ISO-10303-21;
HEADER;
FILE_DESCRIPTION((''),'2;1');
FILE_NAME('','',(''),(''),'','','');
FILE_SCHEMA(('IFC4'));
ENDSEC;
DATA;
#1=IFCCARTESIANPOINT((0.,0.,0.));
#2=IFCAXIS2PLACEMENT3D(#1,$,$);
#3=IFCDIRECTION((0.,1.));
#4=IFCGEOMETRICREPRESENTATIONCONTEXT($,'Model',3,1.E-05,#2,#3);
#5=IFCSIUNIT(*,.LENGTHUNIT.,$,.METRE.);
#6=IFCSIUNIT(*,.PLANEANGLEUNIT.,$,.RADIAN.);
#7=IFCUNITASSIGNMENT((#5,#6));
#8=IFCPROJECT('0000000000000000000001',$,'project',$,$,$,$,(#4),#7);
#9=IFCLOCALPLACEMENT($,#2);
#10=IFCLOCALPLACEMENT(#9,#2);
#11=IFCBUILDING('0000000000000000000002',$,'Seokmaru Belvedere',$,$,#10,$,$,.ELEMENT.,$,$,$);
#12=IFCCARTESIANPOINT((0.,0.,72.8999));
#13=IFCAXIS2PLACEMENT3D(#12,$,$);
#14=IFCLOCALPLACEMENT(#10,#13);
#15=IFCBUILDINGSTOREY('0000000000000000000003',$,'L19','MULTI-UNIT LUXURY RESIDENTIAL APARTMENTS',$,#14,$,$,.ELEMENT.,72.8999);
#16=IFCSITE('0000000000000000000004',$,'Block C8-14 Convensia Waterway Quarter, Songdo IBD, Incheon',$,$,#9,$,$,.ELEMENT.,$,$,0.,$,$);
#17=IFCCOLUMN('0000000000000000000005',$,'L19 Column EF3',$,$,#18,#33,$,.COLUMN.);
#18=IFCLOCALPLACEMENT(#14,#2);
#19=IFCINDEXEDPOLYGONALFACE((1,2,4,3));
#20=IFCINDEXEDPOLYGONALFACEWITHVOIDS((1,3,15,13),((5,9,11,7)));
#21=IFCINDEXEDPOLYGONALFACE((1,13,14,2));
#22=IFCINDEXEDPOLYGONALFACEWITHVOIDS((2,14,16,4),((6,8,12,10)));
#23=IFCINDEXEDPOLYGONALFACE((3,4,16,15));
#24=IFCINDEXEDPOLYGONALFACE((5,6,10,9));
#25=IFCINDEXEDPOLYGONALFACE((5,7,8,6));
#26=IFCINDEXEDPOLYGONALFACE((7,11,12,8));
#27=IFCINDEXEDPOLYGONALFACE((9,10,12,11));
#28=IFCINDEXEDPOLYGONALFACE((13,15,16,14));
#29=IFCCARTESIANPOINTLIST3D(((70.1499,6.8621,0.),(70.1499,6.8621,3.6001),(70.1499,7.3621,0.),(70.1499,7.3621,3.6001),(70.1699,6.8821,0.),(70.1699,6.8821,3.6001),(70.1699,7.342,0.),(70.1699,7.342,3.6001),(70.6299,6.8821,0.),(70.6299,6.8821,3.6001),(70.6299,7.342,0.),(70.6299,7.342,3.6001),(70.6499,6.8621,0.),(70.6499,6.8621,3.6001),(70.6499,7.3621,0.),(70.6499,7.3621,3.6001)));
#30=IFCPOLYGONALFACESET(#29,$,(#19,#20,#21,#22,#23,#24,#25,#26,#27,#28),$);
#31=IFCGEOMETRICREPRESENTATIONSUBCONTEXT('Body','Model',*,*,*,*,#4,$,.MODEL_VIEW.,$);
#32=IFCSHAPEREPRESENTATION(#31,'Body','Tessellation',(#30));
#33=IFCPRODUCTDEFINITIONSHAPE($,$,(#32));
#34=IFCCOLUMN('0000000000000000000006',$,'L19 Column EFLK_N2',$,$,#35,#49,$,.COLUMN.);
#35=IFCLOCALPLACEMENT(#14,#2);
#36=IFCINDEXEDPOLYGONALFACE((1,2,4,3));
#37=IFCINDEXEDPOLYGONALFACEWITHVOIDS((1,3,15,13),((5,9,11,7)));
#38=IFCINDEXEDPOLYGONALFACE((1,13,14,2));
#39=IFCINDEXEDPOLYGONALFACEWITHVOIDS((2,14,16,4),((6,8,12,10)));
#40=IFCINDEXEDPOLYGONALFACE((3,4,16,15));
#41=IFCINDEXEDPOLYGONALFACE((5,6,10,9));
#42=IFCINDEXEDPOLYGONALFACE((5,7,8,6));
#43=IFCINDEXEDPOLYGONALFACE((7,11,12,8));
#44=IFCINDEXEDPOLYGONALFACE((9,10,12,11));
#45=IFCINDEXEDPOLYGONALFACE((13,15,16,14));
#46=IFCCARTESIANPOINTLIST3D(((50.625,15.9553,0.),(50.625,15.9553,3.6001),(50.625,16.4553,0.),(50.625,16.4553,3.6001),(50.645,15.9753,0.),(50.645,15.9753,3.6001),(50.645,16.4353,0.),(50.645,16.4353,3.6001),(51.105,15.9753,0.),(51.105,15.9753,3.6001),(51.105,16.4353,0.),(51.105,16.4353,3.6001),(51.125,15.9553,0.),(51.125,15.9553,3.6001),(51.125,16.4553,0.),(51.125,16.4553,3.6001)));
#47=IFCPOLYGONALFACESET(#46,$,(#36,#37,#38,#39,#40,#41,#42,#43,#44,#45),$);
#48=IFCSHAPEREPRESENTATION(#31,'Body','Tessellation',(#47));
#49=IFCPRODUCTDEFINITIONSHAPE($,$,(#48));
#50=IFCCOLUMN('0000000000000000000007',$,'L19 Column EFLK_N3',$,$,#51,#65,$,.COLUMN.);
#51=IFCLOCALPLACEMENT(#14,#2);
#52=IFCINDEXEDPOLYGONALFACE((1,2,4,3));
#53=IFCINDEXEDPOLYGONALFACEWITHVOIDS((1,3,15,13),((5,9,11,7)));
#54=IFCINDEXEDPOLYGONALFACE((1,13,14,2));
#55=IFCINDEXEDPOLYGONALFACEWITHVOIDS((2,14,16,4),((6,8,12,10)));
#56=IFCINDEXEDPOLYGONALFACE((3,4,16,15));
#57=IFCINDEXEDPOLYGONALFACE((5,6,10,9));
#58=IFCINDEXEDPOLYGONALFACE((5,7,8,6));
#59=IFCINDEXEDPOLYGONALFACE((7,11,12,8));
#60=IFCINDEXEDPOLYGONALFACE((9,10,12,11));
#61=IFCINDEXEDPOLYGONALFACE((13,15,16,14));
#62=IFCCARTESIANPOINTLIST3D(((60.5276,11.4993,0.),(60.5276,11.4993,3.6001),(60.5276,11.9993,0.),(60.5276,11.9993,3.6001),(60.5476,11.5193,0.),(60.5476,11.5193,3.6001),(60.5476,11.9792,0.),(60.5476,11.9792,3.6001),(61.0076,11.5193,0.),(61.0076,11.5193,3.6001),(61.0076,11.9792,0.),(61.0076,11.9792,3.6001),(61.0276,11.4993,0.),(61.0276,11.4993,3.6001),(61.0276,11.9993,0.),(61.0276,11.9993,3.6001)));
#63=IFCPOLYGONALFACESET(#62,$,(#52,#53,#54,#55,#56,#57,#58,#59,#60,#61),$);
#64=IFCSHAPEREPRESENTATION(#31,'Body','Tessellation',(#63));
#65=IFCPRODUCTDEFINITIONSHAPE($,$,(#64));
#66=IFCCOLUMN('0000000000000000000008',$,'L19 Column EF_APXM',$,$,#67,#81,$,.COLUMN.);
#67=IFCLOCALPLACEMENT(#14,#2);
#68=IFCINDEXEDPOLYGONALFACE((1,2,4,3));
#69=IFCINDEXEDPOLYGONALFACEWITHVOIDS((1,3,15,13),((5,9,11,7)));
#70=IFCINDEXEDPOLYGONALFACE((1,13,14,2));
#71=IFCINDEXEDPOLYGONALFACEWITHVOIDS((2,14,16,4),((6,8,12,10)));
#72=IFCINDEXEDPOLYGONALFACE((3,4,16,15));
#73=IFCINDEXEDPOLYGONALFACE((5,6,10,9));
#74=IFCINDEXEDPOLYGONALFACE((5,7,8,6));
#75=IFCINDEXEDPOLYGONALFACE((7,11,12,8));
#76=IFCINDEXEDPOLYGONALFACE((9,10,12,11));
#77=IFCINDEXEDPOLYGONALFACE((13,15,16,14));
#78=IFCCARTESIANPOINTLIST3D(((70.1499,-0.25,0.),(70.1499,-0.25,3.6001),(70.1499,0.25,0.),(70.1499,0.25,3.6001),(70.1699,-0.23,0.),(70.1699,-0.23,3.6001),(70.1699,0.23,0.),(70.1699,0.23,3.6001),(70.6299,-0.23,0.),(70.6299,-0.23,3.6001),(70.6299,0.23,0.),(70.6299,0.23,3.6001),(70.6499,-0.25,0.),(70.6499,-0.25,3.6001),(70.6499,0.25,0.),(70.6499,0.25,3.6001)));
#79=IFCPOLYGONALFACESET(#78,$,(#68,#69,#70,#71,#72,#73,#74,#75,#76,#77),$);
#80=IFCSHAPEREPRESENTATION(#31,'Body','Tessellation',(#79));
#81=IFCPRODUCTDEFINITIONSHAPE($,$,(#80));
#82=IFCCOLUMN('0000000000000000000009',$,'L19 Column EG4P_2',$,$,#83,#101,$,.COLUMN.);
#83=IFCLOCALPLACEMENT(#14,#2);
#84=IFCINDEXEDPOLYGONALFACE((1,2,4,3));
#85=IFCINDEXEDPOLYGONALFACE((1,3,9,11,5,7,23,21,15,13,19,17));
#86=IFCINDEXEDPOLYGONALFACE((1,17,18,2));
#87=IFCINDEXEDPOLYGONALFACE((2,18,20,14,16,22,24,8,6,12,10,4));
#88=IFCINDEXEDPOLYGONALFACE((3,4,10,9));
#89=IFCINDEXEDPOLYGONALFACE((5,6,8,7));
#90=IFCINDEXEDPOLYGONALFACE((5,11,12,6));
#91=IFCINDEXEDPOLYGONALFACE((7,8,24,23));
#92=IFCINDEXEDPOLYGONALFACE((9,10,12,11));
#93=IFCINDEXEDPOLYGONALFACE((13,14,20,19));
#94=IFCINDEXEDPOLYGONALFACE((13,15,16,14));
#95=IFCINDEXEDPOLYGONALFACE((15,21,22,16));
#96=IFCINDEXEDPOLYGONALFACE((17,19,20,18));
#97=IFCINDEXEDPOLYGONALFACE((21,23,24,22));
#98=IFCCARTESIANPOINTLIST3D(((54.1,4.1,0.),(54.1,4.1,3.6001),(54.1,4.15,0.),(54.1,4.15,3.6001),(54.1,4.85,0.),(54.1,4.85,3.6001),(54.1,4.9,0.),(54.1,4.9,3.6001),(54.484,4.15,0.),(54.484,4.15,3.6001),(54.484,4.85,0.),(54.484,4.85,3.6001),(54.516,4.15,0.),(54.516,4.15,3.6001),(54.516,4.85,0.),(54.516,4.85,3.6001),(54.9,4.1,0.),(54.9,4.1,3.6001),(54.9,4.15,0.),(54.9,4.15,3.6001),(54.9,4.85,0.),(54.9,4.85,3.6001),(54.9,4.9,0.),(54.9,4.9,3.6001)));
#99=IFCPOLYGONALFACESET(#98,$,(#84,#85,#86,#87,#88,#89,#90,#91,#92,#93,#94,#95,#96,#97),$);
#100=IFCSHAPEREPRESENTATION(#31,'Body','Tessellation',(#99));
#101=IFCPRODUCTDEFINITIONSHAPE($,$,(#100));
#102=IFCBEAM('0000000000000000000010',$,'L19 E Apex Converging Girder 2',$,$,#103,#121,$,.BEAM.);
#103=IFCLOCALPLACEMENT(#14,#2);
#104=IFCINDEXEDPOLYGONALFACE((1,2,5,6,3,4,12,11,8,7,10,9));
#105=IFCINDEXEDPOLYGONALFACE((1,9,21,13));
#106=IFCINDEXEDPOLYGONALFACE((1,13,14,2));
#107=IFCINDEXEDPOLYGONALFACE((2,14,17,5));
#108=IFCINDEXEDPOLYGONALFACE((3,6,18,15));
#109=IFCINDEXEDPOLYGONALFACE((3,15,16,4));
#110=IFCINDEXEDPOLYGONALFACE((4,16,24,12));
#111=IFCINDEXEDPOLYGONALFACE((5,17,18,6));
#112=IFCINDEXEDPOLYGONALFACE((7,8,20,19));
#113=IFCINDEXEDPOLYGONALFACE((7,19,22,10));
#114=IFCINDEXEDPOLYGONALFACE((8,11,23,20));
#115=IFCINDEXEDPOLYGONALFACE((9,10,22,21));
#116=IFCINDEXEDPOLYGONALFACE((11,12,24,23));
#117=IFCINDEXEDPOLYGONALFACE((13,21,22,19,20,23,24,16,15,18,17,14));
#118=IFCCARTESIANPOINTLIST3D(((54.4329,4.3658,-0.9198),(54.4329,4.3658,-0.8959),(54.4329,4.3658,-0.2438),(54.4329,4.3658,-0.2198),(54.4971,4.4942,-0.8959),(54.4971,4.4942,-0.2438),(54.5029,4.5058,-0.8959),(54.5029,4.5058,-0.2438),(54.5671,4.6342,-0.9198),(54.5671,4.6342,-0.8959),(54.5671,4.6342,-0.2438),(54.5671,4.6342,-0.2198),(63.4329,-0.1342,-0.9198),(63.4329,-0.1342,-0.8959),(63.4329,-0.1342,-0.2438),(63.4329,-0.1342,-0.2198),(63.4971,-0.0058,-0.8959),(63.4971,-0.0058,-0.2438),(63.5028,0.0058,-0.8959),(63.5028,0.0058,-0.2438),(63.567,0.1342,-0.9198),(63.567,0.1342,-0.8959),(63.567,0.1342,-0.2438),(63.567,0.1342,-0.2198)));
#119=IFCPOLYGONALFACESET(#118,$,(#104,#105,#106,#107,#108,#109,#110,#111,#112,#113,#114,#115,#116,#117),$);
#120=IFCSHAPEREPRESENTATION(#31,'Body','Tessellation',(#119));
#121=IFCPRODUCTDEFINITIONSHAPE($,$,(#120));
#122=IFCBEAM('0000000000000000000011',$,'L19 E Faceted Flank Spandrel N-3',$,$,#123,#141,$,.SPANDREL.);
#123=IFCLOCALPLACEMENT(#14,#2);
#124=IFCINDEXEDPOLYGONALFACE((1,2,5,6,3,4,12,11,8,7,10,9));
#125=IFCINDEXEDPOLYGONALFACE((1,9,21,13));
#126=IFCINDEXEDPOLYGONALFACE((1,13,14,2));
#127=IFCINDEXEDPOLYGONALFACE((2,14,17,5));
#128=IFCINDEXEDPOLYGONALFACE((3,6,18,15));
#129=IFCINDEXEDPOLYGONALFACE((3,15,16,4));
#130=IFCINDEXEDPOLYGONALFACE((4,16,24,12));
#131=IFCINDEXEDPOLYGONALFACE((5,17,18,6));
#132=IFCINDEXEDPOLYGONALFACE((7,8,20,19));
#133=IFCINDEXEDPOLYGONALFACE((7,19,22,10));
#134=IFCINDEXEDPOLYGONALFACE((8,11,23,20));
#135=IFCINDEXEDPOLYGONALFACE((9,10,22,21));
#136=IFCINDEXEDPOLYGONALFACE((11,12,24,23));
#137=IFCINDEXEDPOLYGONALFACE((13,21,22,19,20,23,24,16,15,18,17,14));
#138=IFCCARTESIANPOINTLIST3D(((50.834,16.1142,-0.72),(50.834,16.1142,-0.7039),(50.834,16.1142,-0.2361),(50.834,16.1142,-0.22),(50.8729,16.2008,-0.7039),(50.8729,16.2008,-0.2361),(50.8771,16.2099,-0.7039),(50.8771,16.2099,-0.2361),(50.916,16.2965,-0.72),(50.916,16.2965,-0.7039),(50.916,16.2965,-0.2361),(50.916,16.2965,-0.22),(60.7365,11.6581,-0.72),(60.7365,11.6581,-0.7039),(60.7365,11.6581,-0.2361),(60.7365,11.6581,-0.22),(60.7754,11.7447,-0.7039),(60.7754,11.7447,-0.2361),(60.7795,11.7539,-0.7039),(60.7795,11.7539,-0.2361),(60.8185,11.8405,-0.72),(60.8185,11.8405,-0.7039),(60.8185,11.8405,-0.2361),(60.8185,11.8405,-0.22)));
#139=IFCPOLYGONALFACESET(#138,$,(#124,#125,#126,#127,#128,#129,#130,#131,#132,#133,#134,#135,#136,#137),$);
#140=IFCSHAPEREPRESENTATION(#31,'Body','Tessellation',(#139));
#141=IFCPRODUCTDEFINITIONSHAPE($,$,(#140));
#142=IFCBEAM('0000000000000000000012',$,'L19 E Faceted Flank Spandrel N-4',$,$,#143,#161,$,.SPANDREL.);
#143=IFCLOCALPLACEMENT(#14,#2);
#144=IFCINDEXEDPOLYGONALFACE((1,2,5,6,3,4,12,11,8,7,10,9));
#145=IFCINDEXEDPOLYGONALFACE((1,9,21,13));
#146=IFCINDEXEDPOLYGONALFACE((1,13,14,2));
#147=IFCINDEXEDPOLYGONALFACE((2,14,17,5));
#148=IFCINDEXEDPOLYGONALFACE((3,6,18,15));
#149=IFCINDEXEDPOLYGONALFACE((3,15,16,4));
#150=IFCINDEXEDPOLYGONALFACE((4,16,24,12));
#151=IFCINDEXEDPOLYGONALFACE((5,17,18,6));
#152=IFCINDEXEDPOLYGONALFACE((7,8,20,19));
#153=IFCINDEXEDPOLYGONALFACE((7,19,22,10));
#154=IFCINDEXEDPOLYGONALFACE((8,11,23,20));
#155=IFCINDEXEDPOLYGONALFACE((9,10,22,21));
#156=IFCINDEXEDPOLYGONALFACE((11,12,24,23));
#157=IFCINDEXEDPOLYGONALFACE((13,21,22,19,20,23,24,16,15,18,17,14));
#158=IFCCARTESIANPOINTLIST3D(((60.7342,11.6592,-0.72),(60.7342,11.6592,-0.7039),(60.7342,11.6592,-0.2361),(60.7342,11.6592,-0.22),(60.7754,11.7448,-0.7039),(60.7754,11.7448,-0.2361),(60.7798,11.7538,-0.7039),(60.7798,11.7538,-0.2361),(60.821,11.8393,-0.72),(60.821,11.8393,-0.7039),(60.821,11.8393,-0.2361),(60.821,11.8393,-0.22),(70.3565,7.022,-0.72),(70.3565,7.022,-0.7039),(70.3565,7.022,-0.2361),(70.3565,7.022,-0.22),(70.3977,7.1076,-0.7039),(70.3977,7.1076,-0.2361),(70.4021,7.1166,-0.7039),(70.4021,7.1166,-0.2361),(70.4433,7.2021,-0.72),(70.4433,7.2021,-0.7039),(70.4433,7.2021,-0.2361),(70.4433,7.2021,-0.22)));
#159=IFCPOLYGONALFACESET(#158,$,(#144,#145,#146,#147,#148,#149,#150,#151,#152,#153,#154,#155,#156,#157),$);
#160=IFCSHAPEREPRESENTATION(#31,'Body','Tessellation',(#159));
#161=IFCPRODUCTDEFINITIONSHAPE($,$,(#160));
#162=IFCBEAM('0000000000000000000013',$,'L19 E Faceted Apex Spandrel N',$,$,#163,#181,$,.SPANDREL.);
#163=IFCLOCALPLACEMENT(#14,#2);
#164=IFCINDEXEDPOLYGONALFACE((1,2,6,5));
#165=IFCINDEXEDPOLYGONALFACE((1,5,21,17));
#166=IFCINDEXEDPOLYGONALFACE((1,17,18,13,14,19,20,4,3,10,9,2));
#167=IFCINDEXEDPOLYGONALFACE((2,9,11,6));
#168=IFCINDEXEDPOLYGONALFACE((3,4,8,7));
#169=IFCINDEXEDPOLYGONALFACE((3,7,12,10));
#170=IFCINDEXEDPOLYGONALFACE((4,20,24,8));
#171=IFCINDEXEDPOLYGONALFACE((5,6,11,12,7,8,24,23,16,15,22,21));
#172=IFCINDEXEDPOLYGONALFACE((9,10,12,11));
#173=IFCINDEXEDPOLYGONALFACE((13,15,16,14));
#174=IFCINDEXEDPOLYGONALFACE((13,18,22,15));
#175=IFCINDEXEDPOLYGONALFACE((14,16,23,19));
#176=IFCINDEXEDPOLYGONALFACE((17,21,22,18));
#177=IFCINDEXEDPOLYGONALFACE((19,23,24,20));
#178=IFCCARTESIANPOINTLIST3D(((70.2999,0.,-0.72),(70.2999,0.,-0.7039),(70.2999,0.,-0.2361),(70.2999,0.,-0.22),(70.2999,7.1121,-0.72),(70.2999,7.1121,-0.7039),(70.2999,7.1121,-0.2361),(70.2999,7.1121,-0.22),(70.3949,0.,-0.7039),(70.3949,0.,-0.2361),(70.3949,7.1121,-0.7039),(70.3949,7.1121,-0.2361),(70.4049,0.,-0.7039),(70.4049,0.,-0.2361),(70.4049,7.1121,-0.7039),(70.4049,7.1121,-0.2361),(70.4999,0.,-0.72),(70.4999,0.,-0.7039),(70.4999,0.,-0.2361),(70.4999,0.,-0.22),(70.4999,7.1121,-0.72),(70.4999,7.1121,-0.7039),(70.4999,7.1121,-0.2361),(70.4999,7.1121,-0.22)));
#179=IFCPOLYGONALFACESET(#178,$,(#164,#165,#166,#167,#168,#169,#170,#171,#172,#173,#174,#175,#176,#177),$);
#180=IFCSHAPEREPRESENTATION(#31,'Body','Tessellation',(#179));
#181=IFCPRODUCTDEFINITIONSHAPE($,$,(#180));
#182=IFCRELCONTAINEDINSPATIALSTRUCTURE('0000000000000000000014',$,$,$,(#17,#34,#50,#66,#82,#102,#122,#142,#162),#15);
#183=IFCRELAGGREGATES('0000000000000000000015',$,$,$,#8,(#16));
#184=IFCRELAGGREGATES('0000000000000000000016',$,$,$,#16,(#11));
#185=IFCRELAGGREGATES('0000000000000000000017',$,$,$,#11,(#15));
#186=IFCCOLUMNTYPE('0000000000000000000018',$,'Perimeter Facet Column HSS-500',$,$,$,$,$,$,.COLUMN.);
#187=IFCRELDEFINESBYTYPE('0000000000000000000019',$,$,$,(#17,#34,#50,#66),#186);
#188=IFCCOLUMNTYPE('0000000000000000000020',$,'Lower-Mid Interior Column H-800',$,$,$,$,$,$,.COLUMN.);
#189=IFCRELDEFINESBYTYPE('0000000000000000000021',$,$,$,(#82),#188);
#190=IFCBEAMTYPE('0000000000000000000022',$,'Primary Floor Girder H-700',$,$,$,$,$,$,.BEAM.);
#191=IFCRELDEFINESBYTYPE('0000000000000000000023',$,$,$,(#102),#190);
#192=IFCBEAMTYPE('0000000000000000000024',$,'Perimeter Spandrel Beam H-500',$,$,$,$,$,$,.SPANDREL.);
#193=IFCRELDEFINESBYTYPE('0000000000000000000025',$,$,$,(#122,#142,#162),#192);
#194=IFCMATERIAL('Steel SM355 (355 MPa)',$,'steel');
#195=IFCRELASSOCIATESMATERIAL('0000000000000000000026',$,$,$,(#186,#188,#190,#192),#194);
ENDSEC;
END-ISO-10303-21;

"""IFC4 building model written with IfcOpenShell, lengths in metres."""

from ifc_helpers import new_model, si_unit, direction, frame, origin, origin_2d, place, context, subcontext, project, spatial, hollow_rectangle, i_section, extrude, source, transform, mapped, material, material_profile, profile_set, type_object, type_shapes, element, save


model = new_model("IFC4")

# Units and contexts
model_context = context("Model", 3, precision=1e-05, world=origin(), true_north=direction((0.0, 1.0)))
body_context = subcontext(model_context, "Body", "Model", "MODEL_VIEW")
ifc_project = project(units=[si_unit("LENGTHUNIT", "METRE"), si_unit("PLANEANGLEUNIT", "RADIAN")], contexts=[model_context])

# Site, building, storey
site_placement = place(None, origin())
site = spatial("IfcSite", under=ifc_project, at=site_placement, Name="Block C8-14 Convensia Waterway Quarter, Songdo IBD, Incheon", CompositionType="ELEMENT", RefElevation=0.0)
building_placement = place(site_placement, origin())
building = spatial("IfcBuilding", under=site, at=building_placement, Name="Seokmaru Belvedere", CompositionType="ELEMENT")
storey_placement = place(building_placement, frame((0.0, 0.0, 72.8999)))
storey = spatial("IfcBuildingStorey", under=building, at=storey_placement, Name="L19", Description="MULTI-UNIT LUXURY RESIDENTIAL APARTMENTS", CompositionType="ELEMENT", Elevation=72.8999)

# Columns
ifc_material_1 = material(Name="Steel SM355 (355 MPa)", Category="steel")
ifc_material_profile_1 = material_profile(ifc_material_1, hollow_rectangle(XDim=0.5, YDim=0.5, WallThickness=0.02, at=origin_2d()), Name="HSS-500x500x20")
ifc_profile_set_1 = profile_set([ifc_material_profile_1], Name="Steel SM355 (355 MPa)")
column_type_1 = type_object("IfcColumnType", Name="Perimeter Facet Column HSS-500", PredefinedType="COLUMN", material=ifc_profile_set_1)
shared_shape_1 = source(origin(), body_context, "Body", "SweptSolid", [
    extrude(hollow_rectangle(XDim=0.5, YDim=0.5, WallThickness=0.02, at=origin_2d()), origin(), (0.0, 0.0, 1.0), 3.6001),
])
type_shapes(column_type_1, [shared_shape_1])
for number, where, z_axis, x_axis, name in (
    (1, (70.3999, 7.1121, 0.0), (0.0, 0.0, 1.0), (1.0, 0.0, 0.0), "L19 Column EF3"),
    (2, (50.875, 16.2053, 0.0), (0.0, 0.0, 1.0), (1.0, 0.0, 0.0), "L19 Column EFLK_N2"),
    (3, (60.7776, 11.7493, 0.0), (0.0, 0.0, 1.0), (1.0, 0.0, 0.0), "L19 Column EFLK_N3"),
    (4, (70.3999, 0.0, 0.0), (0.0, 0.0, 1.0), (1.0, 0.0, 0.0), "L19 Column EF_APXM"),
):
    element("IfcColumn", number, at=place(storey_placement, frame(where, z_axis=z_axis, x_axis=x_axis)), inside=storey, type_object=column_type_1, Name=name, PredefinedType="COLUMN", context=body_context, shape_type="MappedRepresentation", body=[
        mapped(shared_shape_1, transform((0.0, 0.0, 0.0), scale=1.0)),
    ])
ifc_material_profile_2 = material_profile(ifc_material_1, i_section(OverallWidth=0.8, OverallDepth=0.8, WebThickness=0.032, FlangeThickness=0.05, at=origin_2d()), Name="H-800x800x32x50")
ifc_profile_set_2 = profile_set([ifc_material_profile_2], Name="Steel SM355 (355 MPa)")
column_type_2 = type_object("IfcColumnType", Name="Lower-Mid Interior Column H-800", PredefinedType="COLUMN", material=ifc_profile_set_2)
shared_shape_2 = source(origin(), body_context, "Body", "SweptSolid", [
    extrude(i_section(OverallWidth=0.8, OverallDepth=0.8, WebThickness=0.032, FlangeThickness=0.05, at=origin_2d()), origin(), (0.0, 0.0, 1.0), 3.6001),
])
type_shapes(column_type_2, [shared_shape_2])
column_placement = place(storey_placement, frame((54.5, 4.5, 0.0), z_axis=(0.0, 0.0, 1.0), x_axis=(1.0, 0.0, 0.0)))
element("IfcColumn", 5, at=column_placement, inside=storey, type_object=column_type_2, Name="L19 Column EG4P_2", PredefinedType="COLUMN", context=body_context, shape_type="MappedRepresentation", body=[
    mapped(shared_shape_2, transform((0.0, 0.0, 0.0), scale=1.0)),
])

# Beams
ifc_material_profile_3 = material_profile(ifc_material_1, i_section(OverallWidth=0.3, OverallDepth=0.7, WebThickness=0.0129, FlangeThickness=0.0239, at=origin_2d()), Name="H-700x300x13x24")
ifc_profile_set_3 = profile_set([ifc_material_profile_3], Name="Steel SM355 (355 MPa)")
beam_type_1 = type_object("IfcBeamType", Name="Primary Floor Girder H-700", PredefinedType="BEAM", material=ifc_profile_set_3)
shared_shape_3 = source(origin(), body_context, "Body", "SweptSolid", [
    extrude(i_section(OverallWidth=0.3, OverallDepth=0.7, WebThickness=0.0129, FlangeThickness=0.0239, at=origin_2d()), origin(), (0.0, 0.0, 1.0), 10.0623),
])
beam_1_placement = place(storey_placement, frame((54.5, 4.5, -0.5698), z_axis=(0.894427, -0.447214, 0.0), x_axis=(0.447214, 0.894427, 0.0)))
element("IfcBeam", 6, at=beam_1_placement, inside=storey, type_object=beam_type_1, Name="L19 E Apex Converging Girder 2", PredefinedType="BEAM", context=body_context, shape_type="MappedRepresentation", body=[
    mapped(shared_shape_3, transform((0.0, 0.0, 0.0), scale=1.0)),
])
ifc_material_profile_4 = material_profile(ifc_material_1, i_section(OverallWidth=0.2, OverallDepth=0.5, WebThickness=0.01, FlangeThickness=0.0161, at=origin_2d()), Name="H-500x200x10x16")
ifc_profile_set_4 = profile_set([ifc_material_profile_4], Name="Steel SM355 (355 MPa)")
beam_type_2 = type_object("IfcBeamType", Name="Perimeter Spandrel Beam H-500", PredefinedType="SPANDREL", material=ifc_profile_set_4)
shared_shape_4 = source(origin(), body_context, "Body", "SweptSolid", [
    extrude(i_section(OverallWidth=0.2, OverallDepth=0.5, WebThickness=0.01, FlangeThickness=0.0161, at=origin_2d()), origin(), (0.0, 0.0, 1.0), 10.8589),
])
beam_2_placement = place(storey_placement, frame((50.875, 16.2053, -0.47), z_axis=(0.911925, -0.410356, 0.0), x_axis=(0.410356, 0.911925, 0.0)))
element("IfcBeam", 7, at=beam_2_placement, inside=storey, type_object=beam_type_2, Name="L19 E Faceted Flank Spandrel N-3", PredefinedType="SPANDREL", context=body_context, shape_type="MappedRepresentation", body=[
    mapped(shared_shape_4, transform((0.0, 0.0, 0.0), scale=1.0)),
])
shared_shape_5 = source(origin(), body_context, "Body", "SweptSolid", [
    extrude(i_section(OverallWidth=0.2, OverallDepth=0.5, WebThickness=0.01, FlangeThickness=0.0161, at=origin_2d()), origin(), (0.0, 0.0, 1.0), 10.6814),
])
beam_3_placement = place(storey_placement, frame((60.7776, 11.7493, -0.47), z_axis=(0.900846, -0.434138, 0.0), x_axis=(0.434138, 0.900846, 0.0)))
element("IfcBeam", 8, at=beam_3_placement, inside=storey, type_object=beam_type_2, Name="L19 E Faceted Flank Spandrel N-4", PredefinedType="SPANDREL", context=body_context, shape_type="MappedRepresentation", body=[
    mapped(shared_shape_5, transform((0.0, 0.0, 0.0), scale=1.0)),
])
shared_shape_6 = source(origin(), body_context, "Body", "SweptSolid", [
    extrude(i_section(OverallWidth=0.2, OverallDepth=0.5, WebThickness=0.01, FlangeThickness=0.0161, at=origin_2d()), origin(), (0.0, 0.0, 1.0), 7.1121),
])
type_shapes(beam_type_2, [shared_shape_4, shared_shape_5, shared_shape_6])
beam_4_placement = place(storey_placement, frame((70.3999, 0.0, -0.47), z_axis=(0.0, 1.0, 0.0), x_axis=(-1.0, 0.0, 0.0)))
element("IfcBeam", 9, at=beam_4_placement, inside=storey, type_object=beam_type_2, Name="L19 E Faceted Apex Spandrel N", PredefinedType="SPANDREL", context=body_context, shape_type="MappedRepresentation", body=[
    mapped(shared_shape_6, transform((0.0, 0.0, 0.0), scale=1.0)),
])

save(model, "model.ifc")
